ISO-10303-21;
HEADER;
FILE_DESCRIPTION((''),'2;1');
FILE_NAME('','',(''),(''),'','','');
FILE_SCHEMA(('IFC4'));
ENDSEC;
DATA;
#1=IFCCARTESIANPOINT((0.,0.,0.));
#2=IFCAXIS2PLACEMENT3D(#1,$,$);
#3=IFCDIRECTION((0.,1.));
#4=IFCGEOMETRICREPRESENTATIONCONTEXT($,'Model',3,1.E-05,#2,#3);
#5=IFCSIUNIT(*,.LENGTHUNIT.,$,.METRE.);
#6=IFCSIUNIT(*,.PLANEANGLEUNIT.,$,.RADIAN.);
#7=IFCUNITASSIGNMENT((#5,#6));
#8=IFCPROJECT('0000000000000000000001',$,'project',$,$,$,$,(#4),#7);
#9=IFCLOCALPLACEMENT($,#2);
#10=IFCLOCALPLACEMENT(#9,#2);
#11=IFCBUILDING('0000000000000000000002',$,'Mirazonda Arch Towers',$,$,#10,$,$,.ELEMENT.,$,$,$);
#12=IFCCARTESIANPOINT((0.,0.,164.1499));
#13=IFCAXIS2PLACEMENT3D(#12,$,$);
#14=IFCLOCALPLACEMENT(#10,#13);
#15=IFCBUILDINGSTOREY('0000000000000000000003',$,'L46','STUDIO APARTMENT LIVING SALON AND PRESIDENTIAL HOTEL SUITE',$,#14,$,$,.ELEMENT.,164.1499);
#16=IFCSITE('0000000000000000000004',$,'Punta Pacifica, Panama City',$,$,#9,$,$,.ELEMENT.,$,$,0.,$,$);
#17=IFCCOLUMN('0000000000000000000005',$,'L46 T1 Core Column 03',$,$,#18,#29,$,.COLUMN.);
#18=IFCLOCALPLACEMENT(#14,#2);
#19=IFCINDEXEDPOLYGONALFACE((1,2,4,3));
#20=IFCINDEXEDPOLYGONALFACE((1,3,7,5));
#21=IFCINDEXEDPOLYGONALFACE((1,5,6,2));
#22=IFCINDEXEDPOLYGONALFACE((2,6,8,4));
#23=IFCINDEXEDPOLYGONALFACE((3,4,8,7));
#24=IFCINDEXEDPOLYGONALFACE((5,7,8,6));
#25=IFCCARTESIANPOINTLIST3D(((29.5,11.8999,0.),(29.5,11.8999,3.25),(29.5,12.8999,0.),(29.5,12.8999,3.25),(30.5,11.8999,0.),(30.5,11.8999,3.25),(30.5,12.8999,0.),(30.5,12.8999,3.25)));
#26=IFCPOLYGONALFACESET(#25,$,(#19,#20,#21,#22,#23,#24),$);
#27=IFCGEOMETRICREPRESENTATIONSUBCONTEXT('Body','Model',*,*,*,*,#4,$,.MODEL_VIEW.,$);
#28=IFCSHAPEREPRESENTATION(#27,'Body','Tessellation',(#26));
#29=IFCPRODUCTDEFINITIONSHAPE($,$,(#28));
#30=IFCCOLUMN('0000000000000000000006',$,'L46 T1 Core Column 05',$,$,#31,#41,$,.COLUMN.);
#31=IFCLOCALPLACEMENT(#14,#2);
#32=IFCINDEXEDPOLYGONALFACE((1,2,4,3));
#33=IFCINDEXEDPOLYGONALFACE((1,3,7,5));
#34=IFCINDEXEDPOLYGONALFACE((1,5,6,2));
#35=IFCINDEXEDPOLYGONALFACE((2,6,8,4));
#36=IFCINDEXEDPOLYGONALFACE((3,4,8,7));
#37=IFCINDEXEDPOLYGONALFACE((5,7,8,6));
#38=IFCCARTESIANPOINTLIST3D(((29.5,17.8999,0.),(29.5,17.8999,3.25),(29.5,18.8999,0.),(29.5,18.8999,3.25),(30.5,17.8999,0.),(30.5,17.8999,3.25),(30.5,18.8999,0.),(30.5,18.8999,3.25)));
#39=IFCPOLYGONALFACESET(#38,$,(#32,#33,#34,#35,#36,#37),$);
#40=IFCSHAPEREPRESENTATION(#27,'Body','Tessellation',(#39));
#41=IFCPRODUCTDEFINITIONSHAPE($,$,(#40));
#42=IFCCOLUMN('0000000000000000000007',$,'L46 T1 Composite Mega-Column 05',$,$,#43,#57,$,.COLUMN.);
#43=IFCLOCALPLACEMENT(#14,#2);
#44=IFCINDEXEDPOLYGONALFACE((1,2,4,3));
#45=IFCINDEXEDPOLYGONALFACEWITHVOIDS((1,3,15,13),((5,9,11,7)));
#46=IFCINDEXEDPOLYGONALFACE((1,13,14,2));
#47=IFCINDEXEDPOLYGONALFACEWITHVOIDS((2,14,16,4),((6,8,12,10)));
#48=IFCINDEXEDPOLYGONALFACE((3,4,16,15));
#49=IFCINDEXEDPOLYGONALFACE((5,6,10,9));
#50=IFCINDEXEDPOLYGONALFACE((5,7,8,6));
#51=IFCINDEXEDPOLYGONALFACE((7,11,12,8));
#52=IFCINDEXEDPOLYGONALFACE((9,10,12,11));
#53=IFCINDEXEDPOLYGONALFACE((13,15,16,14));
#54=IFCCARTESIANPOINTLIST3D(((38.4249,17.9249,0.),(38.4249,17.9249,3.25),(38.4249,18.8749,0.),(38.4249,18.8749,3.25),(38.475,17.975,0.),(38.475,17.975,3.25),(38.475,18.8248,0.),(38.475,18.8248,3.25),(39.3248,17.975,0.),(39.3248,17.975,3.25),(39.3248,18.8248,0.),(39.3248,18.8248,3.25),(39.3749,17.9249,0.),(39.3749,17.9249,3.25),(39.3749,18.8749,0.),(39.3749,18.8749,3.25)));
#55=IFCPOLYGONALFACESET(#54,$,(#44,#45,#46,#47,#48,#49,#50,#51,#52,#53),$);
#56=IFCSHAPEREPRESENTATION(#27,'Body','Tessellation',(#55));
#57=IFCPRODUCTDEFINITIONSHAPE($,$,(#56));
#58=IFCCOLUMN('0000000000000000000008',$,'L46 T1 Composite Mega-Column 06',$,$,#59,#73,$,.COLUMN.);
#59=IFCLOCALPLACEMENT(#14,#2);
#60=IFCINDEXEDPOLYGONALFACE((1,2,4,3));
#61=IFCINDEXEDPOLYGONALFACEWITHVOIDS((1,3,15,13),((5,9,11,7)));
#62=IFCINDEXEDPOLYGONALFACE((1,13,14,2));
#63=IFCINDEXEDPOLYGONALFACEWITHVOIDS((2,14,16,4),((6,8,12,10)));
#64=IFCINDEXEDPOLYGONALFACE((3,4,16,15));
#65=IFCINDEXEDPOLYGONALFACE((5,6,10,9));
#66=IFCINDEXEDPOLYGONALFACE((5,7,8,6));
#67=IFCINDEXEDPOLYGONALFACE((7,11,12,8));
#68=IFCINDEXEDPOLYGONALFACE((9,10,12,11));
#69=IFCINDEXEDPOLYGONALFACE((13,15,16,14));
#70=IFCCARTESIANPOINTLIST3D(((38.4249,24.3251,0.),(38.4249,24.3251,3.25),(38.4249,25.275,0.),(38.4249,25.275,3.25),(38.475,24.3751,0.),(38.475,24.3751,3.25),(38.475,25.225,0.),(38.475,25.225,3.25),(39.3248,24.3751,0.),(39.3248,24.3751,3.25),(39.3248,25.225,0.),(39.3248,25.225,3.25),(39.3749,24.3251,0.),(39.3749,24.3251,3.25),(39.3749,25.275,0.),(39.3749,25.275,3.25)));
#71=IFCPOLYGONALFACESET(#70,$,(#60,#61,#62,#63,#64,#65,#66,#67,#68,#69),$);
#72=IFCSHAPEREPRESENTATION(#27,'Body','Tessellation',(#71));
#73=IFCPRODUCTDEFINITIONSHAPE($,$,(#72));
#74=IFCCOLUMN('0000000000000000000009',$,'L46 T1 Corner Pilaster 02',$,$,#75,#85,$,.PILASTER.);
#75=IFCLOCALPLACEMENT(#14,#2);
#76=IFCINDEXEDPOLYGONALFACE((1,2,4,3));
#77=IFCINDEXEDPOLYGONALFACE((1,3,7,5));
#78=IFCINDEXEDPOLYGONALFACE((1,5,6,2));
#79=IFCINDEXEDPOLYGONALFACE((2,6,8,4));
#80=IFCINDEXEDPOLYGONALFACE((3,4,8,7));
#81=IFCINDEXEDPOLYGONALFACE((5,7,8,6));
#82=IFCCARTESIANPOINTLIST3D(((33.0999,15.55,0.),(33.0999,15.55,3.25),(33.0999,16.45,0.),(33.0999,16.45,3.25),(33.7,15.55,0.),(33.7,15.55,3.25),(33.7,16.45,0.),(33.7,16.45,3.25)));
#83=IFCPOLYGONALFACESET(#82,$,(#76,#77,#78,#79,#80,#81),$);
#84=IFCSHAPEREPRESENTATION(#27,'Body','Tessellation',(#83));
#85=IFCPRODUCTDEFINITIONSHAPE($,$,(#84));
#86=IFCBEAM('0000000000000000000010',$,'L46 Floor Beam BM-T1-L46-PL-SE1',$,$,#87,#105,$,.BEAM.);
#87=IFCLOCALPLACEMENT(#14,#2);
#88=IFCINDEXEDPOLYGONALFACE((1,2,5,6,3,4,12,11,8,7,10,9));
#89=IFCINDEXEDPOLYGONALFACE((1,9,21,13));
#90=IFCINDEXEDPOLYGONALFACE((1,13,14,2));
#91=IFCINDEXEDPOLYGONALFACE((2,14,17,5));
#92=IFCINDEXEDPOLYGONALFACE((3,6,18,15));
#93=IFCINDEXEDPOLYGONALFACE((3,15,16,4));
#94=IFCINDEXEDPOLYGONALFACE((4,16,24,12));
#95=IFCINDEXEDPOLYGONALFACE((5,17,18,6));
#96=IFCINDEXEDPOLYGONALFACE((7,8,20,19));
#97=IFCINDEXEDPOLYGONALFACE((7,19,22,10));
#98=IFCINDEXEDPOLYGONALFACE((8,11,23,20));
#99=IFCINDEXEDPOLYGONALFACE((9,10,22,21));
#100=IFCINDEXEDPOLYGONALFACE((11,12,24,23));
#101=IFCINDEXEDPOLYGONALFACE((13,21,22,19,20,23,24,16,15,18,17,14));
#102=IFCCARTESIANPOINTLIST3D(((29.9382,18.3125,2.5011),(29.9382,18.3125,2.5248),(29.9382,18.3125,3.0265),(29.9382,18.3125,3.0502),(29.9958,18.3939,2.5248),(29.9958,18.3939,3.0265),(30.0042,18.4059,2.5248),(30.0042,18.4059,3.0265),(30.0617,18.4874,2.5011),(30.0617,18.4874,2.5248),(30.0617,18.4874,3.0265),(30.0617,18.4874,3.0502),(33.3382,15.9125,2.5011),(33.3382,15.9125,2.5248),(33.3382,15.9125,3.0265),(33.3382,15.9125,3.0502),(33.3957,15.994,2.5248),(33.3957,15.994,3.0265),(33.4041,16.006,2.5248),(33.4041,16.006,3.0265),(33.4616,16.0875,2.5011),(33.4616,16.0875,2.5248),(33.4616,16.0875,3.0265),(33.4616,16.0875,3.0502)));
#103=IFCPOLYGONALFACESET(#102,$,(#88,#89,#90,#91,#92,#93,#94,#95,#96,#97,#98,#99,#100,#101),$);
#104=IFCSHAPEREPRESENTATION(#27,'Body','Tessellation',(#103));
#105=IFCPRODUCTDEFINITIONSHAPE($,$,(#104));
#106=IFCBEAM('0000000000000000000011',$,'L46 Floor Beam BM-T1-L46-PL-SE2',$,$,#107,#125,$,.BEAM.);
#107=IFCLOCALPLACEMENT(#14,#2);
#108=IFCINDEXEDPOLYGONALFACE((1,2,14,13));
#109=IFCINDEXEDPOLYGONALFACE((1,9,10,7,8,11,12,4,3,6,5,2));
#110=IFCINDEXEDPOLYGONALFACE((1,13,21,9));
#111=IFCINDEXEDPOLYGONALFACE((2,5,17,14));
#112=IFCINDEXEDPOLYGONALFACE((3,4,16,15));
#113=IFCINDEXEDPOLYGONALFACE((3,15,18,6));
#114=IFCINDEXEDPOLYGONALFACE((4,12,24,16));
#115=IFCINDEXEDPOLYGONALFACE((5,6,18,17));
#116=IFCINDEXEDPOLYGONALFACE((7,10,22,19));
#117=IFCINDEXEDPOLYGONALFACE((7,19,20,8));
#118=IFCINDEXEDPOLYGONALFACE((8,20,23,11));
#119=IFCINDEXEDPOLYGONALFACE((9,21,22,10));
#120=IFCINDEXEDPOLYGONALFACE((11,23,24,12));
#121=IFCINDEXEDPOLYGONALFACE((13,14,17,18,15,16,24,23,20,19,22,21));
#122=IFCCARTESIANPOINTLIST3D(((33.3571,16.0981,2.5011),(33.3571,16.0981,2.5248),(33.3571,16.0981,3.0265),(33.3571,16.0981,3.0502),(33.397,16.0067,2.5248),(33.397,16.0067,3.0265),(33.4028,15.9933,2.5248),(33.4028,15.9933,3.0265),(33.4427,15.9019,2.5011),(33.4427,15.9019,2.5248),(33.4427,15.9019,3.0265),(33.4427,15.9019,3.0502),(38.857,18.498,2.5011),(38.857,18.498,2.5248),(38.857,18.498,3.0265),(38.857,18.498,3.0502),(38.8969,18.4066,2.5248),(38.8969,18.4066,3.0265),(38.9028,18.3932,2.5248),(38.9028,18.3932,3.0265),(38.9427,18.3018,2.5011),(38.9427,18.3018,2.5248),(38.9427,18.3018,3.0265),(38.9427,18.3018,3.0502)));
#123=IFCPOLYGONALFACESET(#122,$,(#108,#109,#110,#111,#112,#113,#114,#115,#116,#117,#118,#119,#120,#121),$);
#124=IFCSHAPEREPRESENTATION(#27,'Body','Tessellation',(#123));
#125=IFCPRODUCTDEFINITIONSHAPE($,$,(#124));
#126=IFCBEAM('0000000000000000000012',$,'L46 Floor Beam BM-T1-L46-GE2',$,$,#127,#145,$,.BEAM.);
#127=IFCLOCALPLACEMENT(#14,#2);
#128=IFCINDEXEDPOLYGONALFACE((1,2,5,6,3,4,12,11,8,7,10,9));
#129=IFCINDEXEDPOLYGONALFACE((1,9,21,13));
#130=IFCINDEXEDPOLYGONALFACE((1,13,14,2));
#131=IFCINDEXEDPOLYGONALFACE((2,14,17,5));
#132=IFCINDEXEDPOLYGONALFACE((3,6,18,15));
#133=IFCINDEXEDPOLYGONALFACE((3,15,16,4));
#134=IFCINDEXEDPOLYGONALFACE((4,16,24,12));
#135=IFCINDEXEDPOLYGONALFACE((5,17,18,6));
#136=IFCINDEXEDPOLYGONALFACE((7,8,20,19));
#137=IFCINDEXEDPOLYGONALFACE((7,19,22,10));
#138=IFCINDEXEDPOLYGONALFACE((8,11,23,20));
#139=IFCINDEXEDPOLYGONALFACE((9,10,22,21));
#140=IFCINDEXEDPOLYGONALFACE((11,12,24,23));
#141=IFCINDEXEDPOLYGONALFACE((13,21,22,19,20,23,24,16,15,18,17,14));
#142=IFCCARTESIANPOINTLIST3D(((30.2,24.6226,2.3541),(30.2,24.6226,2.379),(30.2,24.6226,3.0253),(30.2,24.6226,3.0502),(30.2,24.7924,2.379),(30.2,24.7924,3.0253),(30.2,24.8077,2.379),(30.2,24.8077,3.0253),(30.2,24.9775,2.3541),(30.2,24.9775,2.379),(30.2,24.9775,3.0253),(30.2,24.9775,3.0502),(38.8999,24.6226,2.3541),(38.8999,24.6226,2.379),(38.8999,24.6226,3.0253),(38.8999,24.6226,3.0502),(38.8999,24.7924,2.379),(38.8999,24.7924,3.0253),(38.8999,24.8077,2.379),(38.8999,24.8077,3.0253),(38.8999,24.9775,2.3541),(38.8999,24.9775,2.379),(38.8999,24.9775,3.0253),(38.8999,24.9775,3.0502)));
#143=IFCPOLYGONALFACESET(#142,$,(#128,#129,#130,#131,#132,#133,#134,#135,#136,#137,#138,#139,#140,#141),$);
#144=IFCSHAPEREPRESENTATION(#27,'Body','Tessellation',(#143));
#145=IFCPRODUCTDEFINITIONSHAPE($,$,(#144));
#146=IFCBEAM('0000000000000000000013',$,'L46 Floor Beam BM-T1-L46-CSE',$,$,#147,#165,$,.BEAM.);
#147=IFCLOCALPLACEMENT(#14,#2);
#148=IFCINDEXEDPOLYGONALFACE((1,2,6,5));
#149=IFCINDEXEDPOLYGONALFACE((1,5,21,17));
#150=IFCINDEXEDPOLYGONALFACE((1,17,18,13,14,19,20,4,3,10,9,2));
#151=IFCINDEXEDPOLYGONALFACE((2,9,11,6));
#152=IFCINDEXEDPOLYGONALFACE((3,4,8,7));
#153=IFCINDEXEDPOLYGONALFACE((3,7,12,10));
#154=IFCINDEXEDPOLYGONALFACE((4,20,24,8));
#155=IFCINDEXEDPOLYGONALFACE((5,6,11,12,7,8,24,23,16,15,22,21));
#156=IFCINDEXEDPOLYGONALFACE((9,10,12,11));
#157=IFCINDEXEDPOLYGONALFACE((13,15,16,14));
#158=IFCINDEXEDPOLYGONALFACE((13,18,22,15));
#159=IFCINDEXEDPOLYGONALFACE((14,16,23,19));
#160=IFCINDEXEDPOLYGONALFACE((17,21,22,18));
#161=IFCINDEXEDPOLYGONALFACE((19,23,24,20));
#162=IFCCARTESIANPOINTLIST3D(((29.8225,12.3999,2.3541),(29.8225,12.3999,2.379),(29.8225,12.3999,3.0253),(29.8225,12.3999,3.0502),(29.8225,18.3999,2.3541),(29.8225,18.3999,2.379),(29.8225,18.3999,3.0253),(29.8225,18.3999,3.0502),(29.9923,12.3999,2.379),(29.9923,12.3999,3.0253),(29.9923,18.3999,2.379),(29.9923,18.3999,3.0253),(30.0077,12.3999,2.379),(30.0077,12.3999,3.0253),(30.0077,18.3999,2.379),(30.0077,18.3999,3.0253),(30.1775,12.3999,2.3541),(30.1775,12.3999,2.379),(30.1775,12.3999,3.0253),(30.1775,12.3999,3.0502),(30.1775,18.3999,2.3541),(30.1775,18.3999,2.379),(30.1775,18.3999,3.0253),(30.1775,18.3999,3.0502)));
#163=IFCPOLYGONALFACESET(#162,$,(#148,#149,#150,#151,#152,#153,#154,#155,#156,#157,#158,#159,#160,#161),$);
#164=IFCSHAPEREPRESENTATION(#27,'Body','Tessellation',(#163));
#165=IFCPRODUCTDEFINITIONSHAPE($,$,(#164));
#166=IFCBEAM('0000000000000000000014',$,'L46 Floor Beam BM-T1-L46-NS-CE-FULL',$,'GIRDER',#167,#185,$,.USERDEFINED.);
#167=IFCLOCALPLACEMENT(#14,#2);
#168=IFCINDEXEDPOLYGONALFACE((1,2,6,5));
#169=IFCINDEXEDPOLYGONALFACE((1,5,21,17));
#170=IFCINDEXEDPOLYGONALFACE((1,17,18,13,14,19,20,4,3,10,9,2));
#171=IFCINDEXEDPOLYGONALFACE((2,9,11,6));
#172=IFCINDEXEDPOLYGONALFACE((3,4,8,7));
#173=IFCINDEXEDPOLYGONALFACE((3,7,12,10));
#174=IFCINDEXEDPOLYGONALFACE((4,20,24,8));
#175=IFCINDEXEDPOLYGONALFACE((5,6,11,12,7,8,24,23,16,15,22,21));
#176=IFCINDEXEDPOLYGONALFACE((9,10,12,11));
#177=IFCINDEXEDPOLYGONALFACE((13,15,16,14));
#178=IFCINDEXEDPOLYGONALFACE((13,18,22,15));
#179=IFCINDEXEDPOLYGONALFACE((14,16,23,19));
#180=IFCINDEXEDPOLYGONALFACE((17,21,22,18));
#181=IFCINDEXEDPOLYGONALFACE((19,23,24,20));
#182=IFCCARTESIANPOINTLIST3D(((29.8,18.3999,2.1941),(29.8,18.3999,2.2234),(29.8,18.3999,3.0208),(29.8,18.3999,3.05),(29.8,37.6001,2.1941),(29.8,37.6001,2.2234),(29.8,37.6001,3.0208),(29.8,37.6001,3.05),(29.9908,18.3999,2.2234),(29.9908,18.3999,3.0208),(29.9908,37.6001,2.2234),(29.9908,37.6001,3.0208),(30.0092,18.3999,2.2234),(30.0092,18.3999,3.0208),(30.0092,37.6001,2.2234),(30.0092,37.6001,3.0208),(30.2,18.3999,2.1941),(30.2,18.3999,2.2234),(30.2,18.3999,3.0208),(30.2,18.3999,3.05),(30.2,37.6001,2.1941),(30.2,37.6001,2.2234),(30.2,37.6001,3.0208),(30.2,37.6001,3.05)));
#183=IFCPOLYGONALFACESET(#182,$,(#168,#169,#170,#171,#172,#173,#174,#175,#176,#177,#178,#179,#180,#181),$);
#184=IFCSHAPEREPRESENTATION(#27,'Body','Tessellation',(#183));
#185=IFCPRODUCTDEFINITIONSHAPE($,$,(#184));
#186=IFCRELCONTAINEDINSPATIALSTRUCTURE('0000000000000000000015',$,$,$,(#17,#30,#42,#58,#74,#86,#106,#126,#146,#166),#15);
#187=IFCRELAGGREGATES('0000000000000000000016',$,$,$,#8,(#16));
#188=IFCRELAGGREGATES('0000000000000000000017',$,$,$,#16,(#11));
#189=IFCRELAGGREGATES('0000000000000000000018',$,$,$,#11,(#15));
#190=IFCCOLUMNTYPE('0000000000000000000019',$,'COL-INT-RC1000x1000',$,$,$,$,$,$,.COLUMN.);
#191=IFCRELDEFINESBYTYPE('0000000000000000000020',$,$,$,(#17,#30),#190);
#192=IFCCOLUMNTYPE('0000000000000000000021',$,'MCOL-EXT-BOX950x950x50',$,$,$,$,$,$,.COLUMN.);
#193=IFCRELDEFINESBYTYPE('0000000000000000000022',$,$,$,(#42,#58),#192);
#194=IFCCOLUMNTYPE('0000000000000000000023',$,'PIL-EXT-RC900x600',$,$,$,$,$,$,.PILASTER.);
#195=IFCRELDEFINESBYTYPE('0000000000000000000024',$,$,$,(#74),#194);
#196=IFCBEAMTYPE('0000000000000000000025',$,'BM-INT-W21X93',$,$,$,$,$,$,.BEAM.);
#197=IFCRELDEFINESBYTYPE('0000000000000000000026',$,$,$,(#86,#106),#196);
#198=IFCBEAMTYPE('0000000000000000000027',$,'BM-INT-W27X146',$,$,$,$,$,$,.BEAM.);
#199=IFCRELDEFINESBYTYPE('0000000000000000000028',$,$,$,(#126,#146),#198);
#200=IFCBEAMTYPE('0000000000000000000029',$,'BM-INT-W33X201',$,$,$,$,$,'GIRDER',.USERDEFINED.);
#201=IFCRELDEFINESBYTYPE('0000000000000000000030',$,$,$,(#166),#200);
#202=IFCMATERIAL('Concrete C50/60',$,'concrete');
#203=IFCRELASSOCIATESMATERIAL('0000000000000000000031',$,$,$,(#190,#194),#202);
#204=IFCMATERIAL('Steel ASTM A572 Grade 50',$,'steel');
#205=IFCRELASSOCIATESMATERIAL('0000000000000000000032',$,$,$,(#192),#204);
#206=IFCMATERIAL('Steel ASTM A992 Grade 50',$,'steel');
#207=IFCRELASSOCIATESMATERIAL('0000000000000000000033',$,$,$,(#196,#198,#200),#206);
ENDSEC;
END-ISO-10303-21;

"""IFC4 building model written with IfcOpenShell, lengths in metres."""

from ifc_helpers import new_model, si_unit, direction, frame, origin, origin_2d, place, context, subcontext, project, spatial, rectangle, hollow_rectangle, i_section, extrude, material, material_profile, profile_set, type_object, element, save


model = new_model("IFC4")

# Units and contexts
model_context = context("Model", 3, precision=1e-05, world=origin(), true_north=direction((0.0, 1.0)))
body_context = subcontext(model_context, "Body", "Model", "MODEL_VIEW")
ifc_project = project(units=[si_unit("LENGTHUNIT", "METRE"), si_unit("PLANEANGLEUNIT", "RADIAN")], contexts=[model_context])

# Site, building, storey
site_placement = place(None, origin())
site = spatial("IfcSite", under=ifc_project, at=site_placement, Name="Punta Pacifica, Panama City", CompositionType="ELEMENT", RefElevation=0.0)
building_placement = place(site_placement, origin())
building = spatial("IfcBuilding", under=site, at=building_placement, Name="Mirazonda Arch Towers", CompositionType="ELEMENT")
storey_placement = place(building_placement, frame((0.0, 0.0, 164.1499)))
storey = spatial("IfcBuildingStorey", under=building, at=storey_placement, Name="L46", Description="STUDIO APARTMENT LIVING SALON AND PRESIDENTIAL HOTEL SUITE", CompositionType="ELEMENT", Elevation=164.1499)

# Columns
ifc_material_1 = material(Name="Concrete C50/60", Category="concrete")
ifc_material_profile_1 = material_profile(ifc_material_1, rectangle(XDim=1.0, YDim=1.0, at=origin_2d()), Name="RC1000x1000")
ifc_profile_set_1 = profile_set([ifc_material_profile_1], Name="Concrete C50/60")
column_type_1 = type_object("IfcColumnType", Name="COL-INT-RC1000x1000", PredefinedType="COLUMN", material=ifc_profile_set_1)
for number, where, z_axis, x_axis, name in (
    (1, (30.0, 12.3999, 0.0), (0.0, 0.0, 1.0), (1.0, 0.0, 0.0), "L46 T1 Core Column 03"),
    (2, (30.0, 18.3999, 0.0), (0.0, 0.0, 1.0), (1.0, 0.0, 0.0), "L46 T1 Core Column 05"),
):
    element("IfcColumn", number, at=place(storey_placement, frame(where, z_axis=z_axis, x_axis=x_axis)), inside=storey, type_object=column_type_1, Name=name, PredefinedType="COLUMN", context=body_context, shape_type="SweptSolid", body=[
        extrude(rectangle(XDim=1.0, YDim=1.0, at=origin_2d()), origin(), (0.0, 0.0, 1.0), 3.25),
    ])
ifc_material_2 = material(Name="Steel ASTM A572 Grade 50", Category="steel")
ifc_material_profile_2 = material_profile(ifc_material_2, hollow_rectangle(XDim=0.95, YDim=0.95, WallThickness=0.05, at=origin_2d()), Name="BOX950x950x50")
ifc_profile_set_2 = profile_set([ifc_material_profile_2], Name="Steel ASTM A572 Grade 50")
column_type_2 = type_object("IfcColumnType", Name="MCOL-EXT-BOX950x950x50", PredefinedType="COLUMN", material=ifc_profile_set_2)
for number, where, z_axis, x_axis, name in (
    (3, (38.8999, 18.3999, 0.0), (0.0, 0.0, 1.0), (1.0, 0.0, 0.0), "L46 T1 Composite Mega-Column 05"),
    (4, (38.8999, 24.8, 0.0), (0.0, 0.0, 1.0), (1.0, 0.0, 0.0), "L46 T1 Composite Mega-Column 06"),
):
    element("IfcColumn", number, at=place(storey_placement, frame(where, z_axis=z_axis, x_axis=x_axis)), inside=storey, type_object=column_type_2, Name=name, PredefinedType="COLUMN", context=body_context, shape_type="SweptSolid", body=[
        extrude(hollow_rectangle(XDim=0.95, YDim=0.95, WallThickness=0.05, at=origin_2d()), origin(), (0.0, 0.0, 1.0), 3.25),
    ])
ifc_material_profile_3 = material_profile(ifc_material_1, rectangle(XDim=0.6001, YDim=0.8999, at=origin_2d()), Name="RC900x600")
ifc_profile_set_3 = profile_set([ifc_material_profile_3], Name="Concrete C50/60")
column_type_3 = type_object("IfcColumnType", Name="PIL-EXT-RC900x600", PredefinedType="PILASTER", material=ifc_profile_set_3)
column_placement = place(storey_placement, frame((33.3999, 16.0, 0.0), z_axis=(0.0, 0.0, 1.0), x_axis=(1.0, 0.0, 0.0)))
element("IfcColumn", 5, at=column_placement, inside=storey, type_object=column_type_3, Name="L46 T1 Corner Pilaster 02", PredefinedType="PILASTER", context=body_context, shape_type="SweptSolid", body=[
    extrude(rectangle(XDim=0.6001, YDim=0.8999, at=origin_2d()), origin(), (0.0, 0.0, 1.0), 3.25),
])

# Beams
ifc_material_3 = material(Name="Steel ASTM A992 Grade 50", Category="steel")
ifc_material_profile_4 = material_profile(ifc_material_3, i_section(OverallWidth=0.2141, OverallDepth=0.5491, WebThickness=0.0146, FlangeThickness=0.0237, at=origin_2d()), Name="W21X93")
ifc_profile_set_4 = profile_set([ifc_material_profile_4], Name="Steel ASTM A992 Grade 50")
beam_type_1 = type_object("IfcBeamType", Name="BM-INT-W21X93", PredefinedType="BEAM", material=ifc_profile_set_4)
beam_1_placement = place(storey_placement, frame((33.3999, 16.0, 2.7756), z_axis=(-0.816971, 0.576679, 0.0), x_axis=(-0.576679, -0.816971, 0.0)))
element("IfcBeam", 6, at=beam_1_placement, inside=storey, type_object=beam_type_1, Name="L46 Floor Beam BM-T1-L46-PL-SE1", PredefinedType="BEAM", context=body_context, shape_type="SweptSolid", body=[
    extrude(i_section(OverallWidth=0.2141, OverallDepth=0.5491, WebThickness=0.0146, FlangeThickness=0.0237, at=origin_2d()), origin(), (0.0, 0.0, 1.0), 4.1616),
])
beam_2_placement = place(storey_placement, frame((33.3999, 16.0, 2.7756), z_axis=(0.916545, 0.399931, 0.0), x_axis=(-0.399931, 0.916545, 0.0)))
element("IfcBeam", 7, at=beam_2_placement, inside=storey, type_object=beam_type_1, Name="L46 Floor Beam BM-T1-L46-PL-SE2", PredefinedType="BEAM", context=body_context, shape_type="SweptSolid", body=[
    extrude(i_section(OverallWidth=0.2141, OverallDepth=0.5491, WebThickness=0.0146, FlangeThickness=0.0237, at=origin_2d()), origin(), (0.0, 0.0, 1.0), 6.0007),
])
ifc_material_profile_5 = material_profile(ifc_material_3, i_section(OverallWidth=0.355, OverallDepth=0.696, WebThickness=0.0154, FlangeThickness=0.0249, at=origin_2d()), Name="W27X146")
ifc_profile_set_5 = profile_set([ifc_material_profile_5], Name="Steel ASTM A992 Grade 50")
beam_type_2 = type_object("IfcBeamType", Name="BM-INT-W27X146", PredefinedType="BEAM", material=ifc_profile_set_5)
beam_3_placement = place(storey_placement, frame((30.2, 24.8, 2.7021), z_axis=(1.0, 0.0, 0.0), x_axis=(0.0, 1.0, 0.0)))
element("IfcBeam", 8, at=beam_3_placement, inside=storey, type_object=beam_type_2, Name="L46 Floor Beam BM-T1-L46-GE2", PredefinedType="BEAM", context=body_context, shape_type="SweptSolid", body=[
    extrude(i_section(OverallWidth=0.355, OverallDepth=0.696, WebThickness=0.0154, FlangeThickness=0.0249, at=origin_2d()), origin(), (0.0, 0.0, 1.0), 8.7),
])
beam_4_placement = place(storey_placement, frame((30.0, 12.3999, 2.7021), z_axis=(0.0, 1.0, 0.0), x_axis=(-1.0, 0.0, 0.0)))
element("IfcBeam", 9, at=beam_4_placement, inside=storey, type_object=beam_type_2, Name="L46 Floor Beam BM-T1-L46-CSE", PredefinedType="BEAM", context=body_context, shape_type="SweptSolid", body=[
    extrude(i_section(OverallWidth=0.355, OverallDepth=0.696, WebThickness=0.0154, FlangeThickness=0.0249, at=origin_2d()), origin(), (0.0, 0.0, 1.0), 6.0),
])
ifc_material_profile_6 = material_profile(ifc_material_3, i_section(OverallWidth=0.3999, OverallDepth=0.856, WebThickness=0.0183, FlangeThickness=0.0293, at=origin_2d()), Name="W33X201")
ifc_profile_set_6 = profile_set([ifc_material_profile_6], Name="Steel ASTM A992 Grade 50")
beam_type_3 = type_object("IfcBeamType", Name="BM-INT-W33X201", ElementType="GIRDER", PredefinedType="USERDEFINED", material=ifc_profile_set_6)
beam_5_placement = place(storey_placement, frame((30.0, 18.3999, 2.6221), z_axis=(0.0, 1.0, 0.0), x_axis=(-1.0, 0.0, 0.0)))
element("IfcBeam", 10, at=beam_5_placement, inside=storey, type_object=beam_type_3, Name="L46 Floor Beam BM-T1-L46-NS-CE-FULL", ObjectType="GIRDER", PredefinedType="USERDEFINED", context=body_context, shape_type="SweptSolid", body=[
    extrude(i_section(OverallWidth=0.3999, OverallDepth=0.856, WebThickness=0.0183, FlangeThickness=0.0293, at=origin_2d()), origin(), (0.0, 0.0, 1.0), 19.2002),
])

save(model, "model.ifc")
